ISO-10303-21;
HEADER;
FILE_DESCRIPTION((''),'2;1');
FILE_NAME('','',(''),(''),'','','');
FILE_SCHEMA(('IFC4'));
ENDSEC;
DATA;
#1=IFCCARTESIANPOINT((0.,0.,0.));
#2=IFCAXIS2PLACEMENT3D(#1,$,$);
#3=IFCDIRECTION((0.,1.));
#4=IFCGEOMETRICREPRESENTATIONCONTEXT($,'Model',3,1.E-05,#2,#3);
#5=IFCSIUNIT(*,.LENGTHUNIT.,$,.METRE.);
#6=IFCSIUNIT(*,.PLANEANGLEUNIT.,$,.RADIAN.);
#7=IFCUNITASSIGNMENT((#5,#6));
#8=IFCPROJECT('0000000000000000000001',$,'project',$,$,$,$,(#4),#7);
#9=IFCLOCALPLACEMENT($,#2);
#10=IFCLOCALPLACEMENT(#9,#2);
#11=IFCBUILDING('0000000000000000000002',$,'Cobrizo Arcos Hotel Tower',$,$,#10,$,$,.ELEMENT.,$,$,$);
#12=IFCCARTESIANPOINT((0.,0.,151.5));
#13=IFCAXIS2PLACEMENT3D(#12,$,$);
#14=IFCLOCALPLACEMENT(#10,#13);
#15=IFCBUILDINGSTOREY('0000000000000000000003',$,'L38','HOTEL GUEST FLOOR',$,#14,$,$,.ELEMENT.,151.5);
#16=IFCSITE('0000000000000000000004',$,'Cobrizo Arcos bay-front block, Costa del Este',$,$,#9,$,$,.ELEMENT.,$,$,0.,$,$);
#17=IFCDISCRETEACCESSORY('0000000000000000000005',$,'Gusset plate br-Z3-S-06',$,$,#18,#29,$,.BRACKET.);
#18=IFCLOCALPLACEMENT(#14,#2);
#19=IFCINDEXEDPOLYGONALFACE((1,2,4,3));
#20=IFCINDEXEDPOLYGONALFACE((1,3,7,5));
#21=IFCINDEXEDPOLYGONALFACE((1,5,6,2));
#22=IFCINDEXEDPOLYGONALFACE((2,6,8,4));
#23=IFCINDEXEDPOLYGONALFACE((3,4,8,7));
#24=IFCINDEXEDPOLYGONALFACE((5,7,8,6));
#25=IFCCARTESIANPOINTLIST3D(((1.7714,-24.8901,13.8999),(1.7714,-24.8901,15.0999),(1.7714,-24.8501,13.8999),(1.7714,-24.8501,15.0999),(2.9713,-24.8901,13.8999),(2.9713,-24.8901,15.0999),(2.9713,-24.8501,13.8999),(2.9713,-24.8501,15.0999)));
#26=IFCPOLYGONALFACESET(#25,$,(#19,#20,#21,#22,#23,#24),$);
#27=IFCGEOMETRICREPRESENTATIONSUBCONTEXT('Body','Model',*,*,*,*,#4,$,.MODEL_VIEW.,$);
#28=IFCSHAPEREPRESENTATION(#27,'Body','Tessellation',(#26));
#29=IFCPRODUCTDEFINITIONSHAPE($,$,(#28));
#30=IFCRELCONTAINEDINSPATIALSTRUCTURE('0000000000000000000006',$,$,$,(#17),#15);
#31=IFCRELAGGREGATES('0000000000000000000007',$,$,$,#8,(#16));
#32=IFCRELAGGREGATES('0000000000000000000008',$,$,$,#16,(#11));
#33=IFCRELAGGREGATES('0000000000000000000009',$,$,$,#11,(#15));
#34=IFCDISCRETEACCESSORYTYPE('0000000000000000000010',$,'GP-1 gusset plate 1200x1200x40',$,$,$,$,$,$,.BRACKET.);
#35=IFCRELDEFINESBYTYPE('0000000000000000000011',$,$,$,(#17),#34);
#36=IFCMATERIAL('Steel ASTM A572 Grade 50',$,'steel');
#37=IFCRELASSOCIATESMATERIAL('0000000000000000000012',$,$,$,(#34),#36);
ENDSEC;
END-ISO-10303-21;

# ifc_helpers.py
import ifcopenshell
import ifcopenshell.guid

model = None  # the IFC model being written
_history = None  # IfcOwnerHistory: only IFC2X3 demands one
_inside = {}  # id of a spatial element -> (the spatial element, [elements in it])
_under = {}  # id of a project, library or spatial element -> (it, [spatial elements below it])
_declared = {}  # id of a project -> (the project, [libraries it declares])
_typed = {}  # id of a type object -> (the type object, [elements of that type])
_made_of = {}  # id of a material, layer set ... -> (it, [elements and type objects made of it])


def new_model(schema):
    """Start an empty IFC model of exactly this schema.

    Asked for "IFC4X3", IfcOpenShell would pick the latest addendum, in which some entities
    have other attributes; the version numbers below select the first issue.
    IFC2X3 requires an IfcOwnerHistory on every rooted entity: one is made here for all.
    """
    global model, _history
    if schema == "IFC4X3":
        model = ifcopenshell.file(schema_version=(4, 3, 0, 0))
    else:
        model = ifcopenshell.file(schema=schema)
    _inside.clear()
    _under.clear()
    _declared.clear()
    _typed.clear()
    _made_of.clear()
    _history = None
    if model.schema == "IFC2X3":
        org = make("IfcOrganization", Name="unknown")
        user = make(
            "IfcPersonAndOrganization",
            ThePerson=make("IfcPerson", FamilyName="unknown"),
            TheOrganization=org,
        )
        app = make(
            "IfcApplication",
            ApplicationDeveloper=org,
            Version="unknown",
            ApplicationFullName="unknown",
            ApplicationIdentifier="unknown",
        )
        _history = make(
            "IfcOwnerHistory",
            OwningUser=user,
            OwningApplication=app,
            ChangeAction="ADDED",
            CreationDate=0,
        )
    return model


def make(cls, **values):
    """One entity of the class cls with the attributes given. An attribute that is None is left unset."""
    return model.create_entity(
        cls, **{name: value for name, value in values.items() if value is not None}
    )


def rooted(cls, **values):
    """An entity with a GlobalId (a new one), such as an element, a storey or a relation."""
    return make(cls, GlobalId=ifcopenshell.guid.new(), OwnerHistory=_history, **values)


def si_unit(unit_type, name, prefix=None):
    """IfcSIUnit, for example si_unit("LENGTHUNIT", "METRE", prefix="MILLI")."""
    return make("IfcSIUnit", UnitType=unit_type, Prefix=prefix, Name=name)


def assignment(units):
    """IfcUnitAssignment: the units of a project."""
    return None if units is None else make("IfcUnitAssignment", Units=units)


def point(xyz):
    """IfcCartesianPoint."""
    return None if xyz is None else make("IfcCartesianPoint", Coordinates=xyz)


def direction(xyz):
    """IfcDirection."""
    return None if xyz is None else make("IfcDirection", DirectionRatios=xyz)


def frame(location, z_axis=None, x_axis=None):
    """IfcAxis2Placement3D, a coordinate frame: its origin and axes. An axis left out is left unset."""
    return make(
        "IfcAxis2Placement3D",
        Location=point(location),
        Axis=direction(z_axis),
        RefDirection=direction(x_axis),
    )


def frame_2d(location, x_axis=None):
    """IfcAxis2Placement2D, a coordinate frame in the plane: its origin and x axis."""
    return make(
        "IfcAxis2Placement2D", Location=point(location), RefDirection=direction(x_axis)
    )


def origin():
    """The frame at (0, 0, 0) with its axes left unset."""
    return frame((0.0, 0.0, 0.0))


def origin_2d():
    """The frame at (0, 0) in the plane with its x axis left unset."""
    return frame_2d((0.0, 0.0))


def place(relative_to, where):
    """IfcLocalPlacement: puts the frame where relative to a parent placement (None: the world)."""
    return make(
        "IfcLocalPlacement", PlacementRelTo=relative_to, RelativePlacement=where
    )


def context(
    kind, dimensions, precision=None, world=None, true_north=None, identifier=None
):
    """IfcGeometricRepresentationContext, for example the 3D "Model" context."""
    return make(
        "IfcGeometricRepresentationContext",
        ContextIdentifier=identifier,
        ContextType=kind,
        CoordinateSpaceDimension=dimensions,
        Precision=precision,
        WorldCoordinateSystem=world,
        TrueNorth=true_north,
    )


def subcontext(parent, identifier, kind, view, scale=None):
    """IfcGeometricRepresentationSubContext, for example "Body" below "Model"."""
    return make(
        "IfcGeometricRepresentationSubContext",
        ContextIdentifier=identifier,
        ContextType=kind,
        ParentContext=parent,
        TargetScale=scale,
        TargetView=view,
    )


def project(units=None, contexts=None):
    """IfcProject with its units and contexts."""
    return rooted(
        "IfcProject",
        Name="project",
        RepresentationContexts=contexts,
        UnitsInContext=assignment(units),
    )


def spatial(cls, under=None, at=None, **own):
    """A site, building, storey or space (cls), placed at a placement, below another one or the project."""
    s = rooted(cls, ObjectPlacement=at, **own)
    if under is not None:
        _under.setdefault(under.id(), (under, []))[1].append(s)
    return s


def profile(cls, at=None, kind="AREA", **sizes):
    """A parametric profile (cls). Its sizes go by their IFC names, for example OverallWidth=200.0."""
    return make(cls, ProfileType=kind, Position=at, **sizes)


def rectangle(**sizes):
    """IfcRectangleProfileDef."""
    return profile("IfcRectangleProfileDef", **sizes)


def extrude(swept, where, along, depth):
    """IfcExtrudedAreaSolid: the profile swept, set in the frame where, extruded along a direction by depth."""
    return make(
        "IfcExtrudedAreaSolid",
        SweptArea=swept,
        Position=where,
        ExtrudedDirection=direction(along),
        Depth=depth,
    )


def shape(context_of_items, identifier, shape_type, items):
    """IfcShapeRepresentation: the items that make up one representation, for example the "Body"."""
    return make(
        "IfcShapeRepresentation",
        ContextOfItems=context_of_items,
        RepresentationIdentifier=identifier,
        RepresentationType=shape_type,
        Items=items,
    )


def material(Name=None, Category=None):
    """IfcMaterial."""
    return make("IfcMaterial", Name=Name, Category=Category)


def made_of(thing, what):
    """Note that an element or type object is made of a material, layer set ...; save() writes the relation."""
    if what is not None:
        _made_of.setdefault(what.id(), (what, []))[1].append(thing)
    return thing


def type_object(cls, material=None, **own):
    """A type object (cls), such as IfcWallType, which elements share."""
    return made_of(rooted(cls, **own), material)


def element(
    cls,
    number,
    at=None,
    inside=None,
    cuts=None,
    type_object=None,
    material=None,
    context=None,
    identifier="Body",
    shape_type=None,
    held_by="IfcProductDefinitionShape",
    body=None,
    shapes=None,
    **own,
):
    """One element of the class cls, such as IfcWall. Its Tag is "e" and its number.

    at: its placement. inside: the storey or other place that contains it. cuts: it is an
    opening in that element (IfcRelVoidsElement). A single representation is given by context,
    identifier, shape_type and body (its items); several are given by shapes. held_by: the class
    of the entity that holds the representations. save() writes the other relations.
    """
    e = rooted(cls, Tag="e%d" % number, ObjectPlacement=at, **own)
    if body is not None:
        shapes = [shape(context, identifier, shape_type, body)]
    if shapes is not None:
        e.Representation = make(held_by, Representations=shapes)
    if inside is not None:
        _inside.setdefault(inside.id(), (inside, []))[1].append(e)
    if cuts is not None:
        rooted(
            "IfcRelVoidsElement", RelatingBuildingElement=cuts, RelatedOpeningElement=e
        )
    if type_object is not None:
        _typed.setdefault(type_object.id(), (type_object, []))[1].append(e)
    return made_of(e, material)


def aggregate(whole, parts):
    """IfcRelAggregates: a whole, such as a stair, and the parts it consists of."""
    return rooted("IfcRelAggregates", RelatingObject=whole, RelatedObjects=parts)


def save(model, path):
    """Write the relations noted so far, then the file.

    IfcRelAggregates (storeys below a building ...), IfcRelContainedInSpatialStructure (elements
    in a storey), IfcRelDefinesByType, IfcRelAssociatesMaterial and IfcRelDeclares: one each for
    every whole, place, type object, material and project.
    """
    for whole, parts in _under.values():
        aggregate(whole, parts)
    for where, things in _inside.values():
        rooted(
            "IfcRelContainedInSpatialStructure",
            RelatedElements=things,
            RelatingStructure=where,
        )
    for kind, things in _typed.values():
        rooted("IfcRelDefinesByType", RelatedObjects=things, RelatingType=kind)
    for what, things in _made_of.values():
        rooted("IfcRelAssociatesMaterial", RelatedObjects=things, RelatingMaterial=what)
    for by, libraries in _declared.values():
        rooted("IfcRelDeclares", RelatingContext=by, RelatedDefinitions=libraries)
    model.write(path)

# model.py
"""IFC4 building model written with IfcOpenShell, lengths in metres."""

from ifc_helpers import new_model, si_unit, direction, frame, origin, origin_2d, place, context, subcontext, project, spatial, rectangle, extrude, material, type_object, element, save


model = new_model("IFC4")

# Units and contexts
model_context = context("Model", 3, precision=1e-05, world=origin(), true_north=direction((0.0, 1.0)))
body_context = subcontext(model_context, "Body", "Model", "MODEL_VIEW")
ifc_project = project(units=[si_unit("LENGTHUNIT", "METRE"), si_unit("PLANEANGLEUNIT", "RADIAN")], contexts=[model_context])

# Site, building, storey
site_placement = place(None, origin())
site = spatial("IfcSite", under=ifc_project, at=site_placement, Name="Cobrizo Arcos bay-front block, Costa del Este", CompositionType="ELEMENT", RefElevation=0.0)
building_placement = place(site_placement, origin())
building = spatial("IfcBuilding", under=site, at=building_placement, Name="Cobrizo Arcos Hotel Tower", CompositionType="ELEMENT")
storey_placement = place(building_placement, frame((0.0, 0.0, 151.5)))
storey = spatial("IfcBuildingStorey", under=building, at=storey_placement, Name="L38", Description="HOTEL GUEST FLOOR", CompositionType="ELEMENT", Elevation=151.5)

# Shared definitions
ifc_material_1 = material(Name="Steel ASTM A572 Grade 50", Category="steel")

# Discrete accessory
discrete_accessory_type = type_object("IfcDiscreteAccessoryType", Name="GP-1 gusset plate 1200x1200x40", PredefinedType="BRACKET", material=ifc_material_1)
discrete_accessory_placement = place(storey_placement, frame((2.3713, -24.8701, 13.8999), z_axis=(0.0, 0.0, 1.0), x_axis=(1.0, 0.0, 0.0)))
element("IfcDiscreteAccessory", 1, at=discrete_accessory_placement, inside=storey, type_object=discrete_accessory_type, Name="Gusset plate br-Z3-S-06", PredefinedType="BRACKET", context=body_context, shape_type="SweptSolid", body=[
    extrude(rectangle(XDim=1.2, YDim=0.04, at=origin_2d()), origin(), (0.0, 0.0, 1.0), 1.2),
])

save(model, "model.ifc")
